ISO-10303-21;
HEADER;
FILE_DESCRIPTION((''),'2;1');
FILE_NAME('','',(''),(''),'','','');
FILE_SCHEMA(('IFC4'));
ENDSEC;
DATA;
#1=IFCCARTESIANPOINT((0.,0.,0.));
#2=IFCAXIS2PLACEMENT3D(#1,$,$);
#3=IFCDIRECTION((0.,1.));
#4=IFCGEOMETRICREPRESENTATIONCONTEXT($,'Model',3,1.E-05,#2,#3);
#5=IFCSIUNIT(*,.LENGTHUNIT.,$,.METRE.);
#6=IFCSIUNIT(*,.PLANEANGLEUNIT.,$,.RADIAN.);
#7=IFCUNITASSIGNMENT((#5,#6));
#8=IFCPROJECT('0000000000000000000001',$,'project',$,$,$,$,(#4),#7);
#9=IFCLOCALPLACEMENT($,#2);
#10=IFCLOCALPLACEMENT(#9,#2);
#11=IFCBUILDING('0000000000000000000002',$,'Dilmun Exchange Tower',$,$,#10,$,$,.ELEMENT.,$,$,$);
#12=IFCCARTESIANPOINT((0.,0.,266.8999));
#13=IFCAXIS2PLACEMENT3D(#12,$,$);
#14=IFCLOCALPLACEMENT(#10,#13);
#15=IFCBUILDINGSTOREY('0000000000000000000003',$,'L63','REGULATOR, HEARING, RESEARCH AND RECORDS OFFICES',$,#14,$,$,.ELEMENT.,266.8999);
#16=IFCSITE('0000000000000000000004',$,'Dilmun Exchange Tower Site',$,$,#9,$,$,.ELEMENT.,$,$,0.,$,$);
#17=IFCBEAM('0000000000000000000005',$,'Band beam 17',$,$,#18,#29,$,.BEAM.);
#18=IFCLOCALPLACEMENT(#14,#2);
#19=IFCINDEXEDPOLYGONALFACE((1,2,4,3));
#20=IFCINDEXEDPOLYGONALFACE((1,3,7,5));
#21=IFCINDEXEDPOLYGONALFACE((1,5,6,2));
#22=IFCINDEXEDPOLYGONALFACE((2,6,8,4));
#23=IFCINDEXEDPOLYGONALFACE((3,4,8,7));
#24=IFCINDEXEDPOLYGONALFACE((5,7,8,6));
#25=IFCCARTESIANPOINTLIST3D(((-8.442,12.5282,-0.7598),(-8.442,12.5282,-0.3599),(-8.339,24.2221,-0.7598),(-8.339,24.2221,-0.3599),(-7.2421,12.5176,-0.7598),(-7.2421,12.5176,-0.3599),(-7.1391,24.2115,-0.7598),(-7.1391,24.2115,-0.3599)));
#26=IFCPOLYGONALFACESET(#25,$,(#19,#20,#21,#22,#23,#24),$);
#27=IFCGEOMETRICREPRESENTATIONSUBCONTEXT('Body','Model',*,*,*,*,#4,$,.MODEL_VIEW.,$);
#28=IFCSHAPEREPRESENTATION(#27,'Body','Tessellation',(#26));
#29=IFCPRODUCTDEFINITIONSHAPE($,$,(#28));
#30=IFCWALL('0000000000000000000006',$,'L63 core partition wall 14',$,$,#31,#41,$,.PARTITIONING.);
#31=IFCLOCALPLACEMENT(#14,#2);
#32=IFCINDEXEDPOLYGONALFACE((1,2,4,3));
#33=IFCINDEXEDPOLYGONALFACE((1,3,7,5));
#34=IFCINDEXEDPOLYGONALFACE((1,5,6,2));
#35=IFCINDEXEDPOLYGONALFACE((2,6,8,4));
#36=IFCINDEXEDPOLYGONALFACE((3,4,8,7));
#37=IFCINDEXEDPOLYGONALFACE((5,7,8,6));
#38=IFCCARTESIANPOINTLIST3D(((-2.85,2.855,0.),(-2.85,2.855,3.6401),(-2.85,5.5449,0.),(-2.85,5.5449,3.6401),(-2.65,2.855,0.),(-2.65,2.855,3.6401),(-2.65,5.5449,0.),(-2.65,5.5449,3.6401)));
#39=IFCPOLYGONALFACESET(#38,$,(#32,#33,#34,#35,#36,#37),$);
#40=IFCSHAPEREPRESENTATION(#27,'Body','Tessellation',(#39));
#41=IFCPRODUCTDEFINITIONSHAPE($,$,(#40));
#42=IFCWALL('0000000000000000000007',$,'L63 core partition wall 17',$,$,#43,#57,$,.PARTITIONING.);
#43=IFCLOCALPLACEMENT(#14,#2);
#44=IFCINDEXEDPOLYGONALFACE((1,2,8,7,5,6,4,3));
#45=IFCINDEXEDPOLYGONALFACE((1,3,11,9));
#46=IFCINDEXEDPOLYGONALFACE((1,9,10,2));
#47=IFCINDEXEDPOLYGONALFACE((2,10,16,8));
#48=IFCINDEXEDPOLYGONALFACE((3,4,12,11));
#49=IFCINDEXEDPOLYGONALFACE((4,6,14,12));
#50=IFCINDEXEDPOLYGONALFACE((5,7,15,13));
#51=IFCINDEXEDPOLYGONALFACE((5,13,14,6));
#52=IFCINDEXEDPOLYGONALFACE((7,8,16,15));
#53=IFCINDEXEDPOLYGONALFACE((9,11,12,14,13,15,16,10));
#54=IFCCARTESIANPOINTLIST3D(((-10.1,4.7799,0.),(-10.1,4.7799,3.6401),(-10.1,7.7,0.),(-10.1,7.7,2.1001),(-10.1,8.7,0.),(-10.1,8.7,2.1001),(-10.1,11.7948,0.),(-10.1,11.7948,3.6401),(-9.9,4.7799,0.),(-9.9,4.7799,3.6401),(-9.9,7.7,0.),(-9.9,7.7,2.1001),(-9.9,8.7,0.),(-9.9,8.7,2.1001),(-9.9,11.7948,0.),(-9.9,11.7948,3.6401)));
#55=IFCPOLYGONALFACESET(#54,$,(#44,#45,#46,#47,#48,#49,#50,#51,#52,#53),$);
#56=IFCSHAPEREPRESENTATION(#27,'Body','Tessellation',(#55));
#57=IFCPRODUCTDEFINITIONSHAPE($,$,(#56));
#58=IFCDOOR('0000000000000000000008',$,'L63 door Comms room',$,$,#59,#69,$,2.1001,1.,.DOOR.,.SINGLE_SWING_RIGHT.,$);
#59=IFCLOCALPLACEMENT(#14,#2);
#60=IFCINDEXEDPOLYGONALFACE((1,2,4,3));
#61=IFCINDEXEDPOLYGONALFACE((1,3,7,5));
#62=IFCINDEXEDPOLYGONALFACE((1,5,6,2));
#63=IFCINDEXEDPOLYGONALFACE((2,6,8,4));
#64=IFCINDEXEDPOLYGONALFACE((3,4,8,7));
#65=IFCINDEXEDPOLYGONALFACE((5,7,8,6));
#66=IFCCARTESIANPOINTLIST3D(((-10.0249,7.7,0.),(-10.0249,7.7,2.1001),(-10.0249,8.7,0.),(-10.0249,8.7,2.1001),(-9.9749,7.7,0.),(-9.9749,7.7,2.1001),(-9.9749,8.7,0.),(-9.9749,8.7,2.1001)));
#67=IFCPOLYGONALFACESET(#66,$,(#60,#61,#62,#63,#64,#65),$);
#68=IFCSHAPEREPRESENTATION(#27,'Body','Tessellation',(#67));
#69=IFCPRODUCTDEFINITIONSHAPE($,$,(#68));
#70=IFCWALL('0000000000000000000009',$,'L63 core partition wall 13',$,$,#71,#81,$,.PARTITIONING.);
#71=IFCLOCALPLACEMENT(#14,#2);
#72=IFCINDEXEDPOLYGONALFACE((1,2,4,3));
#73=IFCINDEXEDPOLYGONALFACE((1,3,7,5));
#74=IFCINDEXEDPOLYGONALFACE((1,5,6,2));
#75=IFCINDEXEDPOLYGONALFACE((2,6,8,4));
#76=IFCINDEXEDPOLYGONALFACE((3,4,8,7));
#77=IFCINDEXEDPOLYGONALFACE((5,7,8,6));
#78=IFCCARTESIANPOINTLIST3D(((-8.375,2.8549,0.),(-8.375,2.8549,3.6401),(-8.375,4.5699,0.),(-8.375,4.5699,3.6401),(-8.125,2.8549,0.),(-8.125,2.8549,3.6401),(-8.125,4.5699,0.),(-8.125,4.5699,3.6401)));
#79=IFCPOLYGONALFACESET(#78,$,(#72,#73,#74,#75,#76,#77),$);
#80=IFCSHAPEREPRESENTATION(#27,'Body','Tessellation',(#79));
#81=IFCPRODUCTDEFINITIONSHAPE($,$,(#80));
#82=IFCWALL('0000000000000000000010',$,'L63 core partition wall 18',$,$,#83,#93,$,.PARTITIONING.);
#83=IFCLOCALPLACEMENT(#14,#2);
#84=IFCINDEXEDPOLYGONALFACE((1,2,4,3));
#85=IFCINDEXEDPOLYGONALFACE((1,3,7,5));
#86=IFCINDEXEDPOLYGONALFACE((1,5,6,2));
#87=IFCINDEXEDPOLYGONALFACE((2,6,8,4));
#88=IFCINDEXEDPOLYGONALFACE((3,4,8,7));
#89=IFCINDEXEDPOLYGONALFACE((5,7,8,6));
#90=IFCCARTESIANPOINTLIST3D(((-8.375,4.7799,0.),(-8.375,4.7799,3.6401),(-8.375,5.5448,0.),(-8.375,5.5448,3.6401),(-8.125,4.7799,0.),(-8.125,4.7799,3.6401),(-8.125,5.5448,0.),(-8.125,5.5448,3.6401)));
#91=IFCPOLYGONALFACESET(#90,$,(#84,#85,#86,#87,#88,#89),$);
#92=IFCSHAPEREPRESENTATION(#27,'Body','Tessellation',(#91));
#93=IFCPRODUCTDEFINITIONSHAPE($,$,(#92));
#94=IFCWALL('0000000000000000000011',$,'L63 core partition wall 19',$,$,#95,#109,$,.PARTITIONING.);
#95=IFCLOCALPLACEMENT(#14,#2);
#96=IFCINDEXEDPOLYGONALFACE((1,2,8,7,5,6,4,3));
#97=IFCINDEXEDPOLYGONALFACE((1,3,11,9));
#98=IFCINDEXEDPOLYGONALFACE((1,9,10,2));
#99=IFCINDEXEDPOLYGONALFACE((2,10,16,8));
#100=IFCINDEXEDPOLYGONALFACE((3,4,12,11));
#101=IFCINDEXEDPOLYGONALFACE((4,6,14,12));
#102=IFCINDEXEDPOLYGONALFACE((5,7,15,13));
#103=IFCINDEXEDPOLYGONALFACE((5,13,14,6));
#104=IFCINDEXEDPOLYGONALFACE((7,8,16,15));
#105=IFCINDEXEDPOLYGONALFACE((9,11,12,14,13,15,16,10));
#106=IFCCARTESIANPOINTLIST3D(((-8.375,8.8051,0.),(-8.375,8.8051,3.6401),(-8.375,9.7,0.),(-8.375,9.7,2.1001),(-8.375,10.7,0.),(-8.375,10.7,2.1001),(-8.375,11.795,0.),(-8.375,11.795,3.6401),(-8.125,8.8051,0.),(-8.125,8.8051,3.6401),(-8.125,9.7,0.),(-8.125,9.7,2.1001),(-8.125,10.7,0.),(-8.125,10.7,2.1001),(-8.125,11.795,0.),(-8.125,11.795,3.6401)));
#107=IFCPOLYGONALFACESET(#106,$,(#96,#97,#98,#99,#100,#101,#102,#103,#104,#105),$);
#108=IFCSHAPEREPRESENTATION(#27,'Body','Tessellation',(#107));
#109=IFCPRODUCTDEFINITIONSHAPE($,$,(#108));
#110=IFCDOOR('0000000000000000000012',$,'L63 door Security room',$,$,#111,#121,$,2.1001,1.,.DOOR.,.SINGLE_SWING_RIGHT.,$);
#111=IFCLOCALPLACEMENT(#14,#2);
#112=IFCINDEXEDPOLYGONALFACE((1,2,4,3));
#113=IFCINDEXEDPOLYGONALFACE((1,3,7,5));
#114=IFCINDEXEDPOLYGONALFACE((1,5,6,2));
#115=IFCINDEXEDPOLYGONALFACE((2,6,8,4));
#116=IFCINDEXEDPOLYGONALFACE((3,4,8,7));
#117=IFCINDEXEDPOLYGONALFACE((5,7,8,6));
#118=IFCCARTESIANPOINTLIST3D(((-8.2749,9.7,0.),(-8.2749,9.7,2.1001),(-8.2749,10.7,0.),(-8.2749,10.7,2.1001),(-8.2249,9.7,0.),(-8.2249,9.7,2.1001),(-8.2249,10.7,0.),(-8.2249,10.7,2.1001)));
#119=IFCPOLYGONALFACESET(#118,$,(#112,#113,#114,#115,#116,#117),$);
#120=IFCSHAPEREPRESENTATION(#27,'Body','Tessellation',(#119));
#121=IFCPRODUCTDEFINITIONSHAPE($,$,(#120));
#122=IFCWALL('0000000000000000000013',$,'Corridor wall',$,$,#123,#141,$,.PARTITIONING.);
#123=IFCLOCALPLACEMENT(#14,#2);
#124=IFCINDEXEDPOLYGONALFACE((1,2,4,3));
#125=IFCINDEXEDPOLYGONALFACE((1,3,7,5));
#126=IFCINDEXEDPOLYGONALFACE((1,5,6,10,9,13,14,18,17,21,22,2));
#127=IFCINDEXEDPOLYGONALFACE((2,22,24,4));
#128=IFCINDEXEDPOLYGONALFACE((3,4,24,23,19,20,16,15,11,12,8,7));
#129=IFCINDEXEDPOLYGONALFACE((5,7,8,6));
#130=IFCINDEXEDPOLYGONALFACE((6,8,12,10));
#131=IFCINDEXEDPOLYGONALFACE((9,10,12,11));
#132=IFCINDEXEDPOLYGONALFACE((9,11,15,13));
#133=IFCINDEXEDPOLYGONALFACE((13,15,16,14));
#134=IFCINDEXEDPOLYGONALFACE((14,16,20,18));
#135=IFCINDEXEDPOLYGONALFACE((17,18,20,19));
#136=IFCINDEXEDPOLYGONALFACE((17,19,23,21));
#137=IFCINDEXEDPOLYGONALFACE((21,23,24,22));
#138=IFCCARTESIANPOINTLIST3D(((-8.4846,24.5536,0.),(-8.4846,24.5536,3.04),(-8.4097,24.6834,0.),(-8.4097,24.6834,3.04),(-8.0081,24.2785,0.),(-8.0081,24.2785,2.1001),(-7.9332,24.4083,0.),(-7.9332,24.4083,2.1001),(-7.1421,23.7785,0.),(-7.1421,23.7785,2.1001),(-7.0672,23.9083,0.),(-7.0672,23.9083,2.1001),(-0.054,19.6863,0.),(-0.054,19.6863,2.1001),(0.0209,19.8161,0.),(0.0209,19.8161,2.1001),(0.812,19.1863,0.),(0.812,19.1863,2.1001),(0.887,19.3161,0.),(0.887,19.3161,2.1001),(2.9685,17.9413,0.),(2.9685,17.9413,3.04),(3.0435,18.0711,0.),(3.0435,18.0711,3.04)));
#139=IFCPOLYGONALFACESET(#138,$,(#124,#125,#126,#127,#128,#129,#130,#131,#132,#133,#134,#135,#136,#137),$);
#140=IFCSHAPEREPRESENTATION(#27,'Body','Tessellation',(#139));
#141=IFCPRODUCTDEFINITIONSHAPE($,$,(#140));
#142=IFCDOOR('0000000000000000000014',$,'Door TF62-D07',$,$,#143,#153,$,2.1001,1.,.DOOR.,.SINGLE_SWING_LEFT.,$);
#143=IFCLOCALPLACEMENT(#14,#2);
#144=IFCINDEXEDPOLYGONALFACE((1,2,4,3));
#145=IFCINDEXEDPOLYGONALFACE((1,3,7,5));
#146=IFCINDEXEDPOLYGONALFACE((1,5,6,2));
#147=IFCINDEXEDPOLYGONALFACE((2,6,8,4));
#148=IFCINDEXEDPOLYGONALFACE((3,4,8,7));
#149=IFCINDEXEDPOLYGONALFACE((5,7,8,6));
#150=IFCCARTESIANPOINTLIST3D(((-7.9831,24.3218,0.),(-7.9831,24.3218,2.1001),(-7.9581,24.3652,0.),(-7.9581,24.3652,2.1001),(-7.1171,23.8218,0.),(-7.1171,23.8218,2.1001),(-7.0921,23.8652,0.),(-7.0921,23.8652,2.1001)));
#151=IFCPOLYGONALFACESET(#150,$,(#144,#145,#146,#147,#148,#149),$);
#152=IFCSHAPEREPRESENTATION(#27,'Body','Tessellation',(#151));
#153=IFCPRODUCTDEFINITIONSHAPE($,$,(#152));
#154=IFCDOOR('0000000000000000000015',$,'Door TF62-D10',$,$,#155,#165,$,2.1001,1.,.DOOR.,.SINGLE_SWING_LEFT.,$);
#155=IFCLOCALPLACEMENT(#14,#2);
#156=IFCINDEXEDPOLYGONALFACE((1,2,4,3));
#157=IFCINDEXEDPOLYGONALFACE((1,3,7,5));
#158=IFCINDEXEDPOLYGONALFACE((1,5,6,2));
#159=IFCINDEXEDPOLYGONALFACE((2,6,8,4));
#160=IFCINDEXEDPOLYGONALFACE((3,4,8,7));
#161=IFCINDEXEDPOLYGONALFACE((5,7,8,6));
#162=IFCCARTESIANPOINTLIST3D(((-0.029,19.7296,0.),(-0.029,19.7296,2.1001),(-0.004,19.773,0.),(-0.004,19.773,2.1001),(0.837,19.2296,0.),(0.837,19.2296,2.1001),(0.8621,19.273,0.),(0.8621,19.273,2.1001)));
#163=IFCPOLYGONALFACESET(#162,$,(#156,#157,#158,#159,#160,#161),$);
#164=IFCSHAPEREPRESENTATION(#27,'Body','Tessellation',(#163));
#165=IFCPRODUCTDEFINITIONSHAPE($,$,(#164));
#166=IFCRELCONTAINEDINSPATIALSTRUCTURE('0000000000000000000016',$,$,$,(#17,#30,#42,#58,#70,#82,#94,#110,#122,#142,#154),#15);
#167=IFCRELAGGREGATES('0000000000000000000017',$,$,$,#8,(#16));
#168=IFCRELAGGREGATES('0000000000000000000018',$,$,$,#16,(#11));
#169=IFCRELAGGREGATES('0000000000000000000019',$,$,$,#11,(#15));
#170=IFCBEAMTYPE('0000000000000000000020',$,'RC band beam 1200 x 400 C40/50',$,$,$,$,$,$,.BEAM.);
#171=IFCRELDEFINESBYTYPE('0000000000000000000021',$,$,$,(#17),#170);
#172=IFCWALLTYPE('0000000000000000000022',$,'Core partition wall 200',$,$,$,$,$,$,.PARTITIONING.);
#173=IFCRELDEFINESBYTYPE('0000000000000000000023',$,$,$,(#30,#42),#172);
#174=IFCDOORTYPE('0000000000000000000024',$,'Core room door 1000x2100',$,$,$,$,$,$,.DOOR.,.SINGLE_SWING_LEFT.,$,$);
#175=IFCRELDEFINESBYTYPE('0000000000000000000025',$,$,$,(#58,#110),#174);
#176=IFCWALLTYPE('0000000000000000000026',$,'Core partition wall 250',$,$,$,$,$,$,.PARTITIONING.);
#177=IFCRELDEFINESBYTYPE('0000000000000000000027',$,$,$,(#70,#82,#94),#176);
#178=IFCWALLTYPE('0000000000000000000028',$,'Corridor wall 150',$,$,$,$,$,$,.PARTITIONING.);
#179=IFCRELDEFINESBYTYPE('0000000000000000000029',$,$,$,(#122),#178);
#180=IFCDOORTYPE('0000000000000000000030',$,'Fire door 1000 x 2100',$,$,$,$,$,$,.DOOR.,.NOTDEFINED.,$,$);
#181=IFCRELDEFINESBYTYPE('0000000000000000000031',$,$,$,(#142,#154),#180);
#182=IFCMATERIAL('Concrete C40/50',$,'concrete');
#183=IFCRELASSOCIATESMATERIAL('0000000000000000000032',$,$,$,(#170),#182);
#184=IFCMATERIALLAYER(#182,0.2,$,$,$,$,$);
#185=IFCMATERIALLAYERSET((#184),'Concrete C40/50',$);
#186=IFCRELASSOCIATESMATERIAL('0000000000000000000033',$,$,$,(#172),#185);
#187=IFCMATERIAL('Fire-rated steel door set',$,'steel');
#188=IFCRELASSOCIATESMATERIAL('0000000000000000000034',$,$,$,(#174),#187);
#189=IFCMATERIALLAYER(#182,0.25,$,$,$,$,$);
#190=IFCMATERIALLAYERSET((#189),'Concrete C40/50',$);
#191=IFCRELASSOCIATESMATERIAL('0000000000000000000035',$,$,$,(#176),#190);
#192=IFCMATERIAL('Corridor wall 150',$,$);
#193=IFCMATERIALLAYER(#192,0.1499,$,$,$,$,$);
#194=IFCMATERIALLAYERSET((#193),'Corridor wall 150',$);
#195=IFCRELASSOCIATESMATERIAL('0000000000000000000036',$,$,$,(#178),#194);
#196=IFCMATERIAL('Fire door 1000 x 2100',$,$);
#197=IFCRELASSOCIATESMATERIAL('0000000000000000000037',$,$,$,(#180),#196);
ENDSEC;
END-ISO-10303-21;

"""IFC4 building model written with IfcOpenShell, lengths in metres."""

from ifc_helpers import new_model, si_unit, direction, frame, frame_2d, origin, origin_2d, place, context, subcontext, project, spatial, rectangle, extrude, material, layer, layer_set, material_profile, profile_set, type_object, element, fill, save


model = new_model("IFC4")

# Units and contexts
model_context = context("Model", 3, precision=1e-05, world=origin(), true_north=direction((0.0, 1.0)))
body_context = subcontext(model_context, "Body", "Model", "MODEL_VIEW")
ifc_project = project(units=[si_unit("LENGTHUNIT", "METRE"), si_unit("PLANEANGLEUNIT", "RADIAN")], contexts=[model_context])

# Site, building, storey
site_placement = place(None, origin())
site = spatial("IfcSite", under=ifc_project, at=site_placement, Name="Dilmun Exchange Tower Site", CompositionType="ELEMENT", RefElevation=0.0)
building_placement = place(site_placement, origin())
building = spatial("IfcBuilding", under=site, at=building_placement, Name="Dilmun Exchange Tower", CompositionType="ELEMENT")
storey_placement = place(building_placement, frame((0.0, 0.0, 266.8999)))
storey = spatial("IfcBuildingStorey", under=building, at=storey_placement, Name="L63", Description="REGULATOR, HEARING, RESEARCH AND RECORDS OFFICES", CompositionType="ELEMENT", Elevation=266.8999)

# Beam
ifc_material_1 = material(Name="Concrete C40/50", Category="concrete")
ifc_material_profile = material_profile(ifc_material_1, rectangle(XDim=1.2, YDim=0.3999, at=origin_2d()), Name="1200 x 400")
ifc_profile_set = profile_set([ifc_material_profile], Name="Concrete C40/50")
beam_type = type_object("IfcBeamType", Name="RC band beam 1200 x 400 C40/50", PredefinedType="BEAM", material=ifc_profile_set)
beam_placement = place(storey_placement, frame((-7.739, 24.2168, -0.5598), z_axis=(-0.00881, -0.999961, 0.0), x_axis=(0.999961, -0.00881, 0.0)))
element("IfcBeam", 1, at=beam_placement, inside=storey, type_object=beam_type, Name="Band beam 17", PredefinedType="BEAM", context=body_context, shape_type="SweptSolid", body=[
    extrude(rectangle(XDim=1.2, YDim=0.3999, at=origin_2d()), origin(), (0.0, 0.0, 1.0), 11.6943),
])

# Wall
ifc_layer_1 = layer(ifc_material_1, 0.2)
ifc_layer_set_1 = layer_set([ifc_layer_1], Name="Concrete C40/50")
wall_type_1 = type_object("IfcWallType", Name="Core partition wall 200", PredefinedType="PARTITIONING", material=ifc_layer_set_1)
wall_1_placement = place(storey_placement, frame((-2.75, 2.855, 0.0), z_axis=(0.0, 0.0, 1.0), x_axis=(0.0, 1.0, 0.0)))
element("IfcWall", 2, at=wall_1_placement, inside=storey, type_object=wall_type_1, Name="L63 core partition wall 14", PredefinedType="PARTITIONING", context=body_context, shape_type="SweptSolid", body=[
    extrude(rectangle(XDim=2.6899, YDim=0.2, at=frame_2d((1.345, 0.0))), origin(), (0.0, 0.0, 1.0), 3.6401),
])

# Wall, opening, door
wall_2_placement = place(storey_placement, frame((-10.0, 4.78, 0.0), z_axis=(0.0, 0.0, 1.0), x_axis=(0.0, 1.0, 0.0)))
wall_2 = element("IfcWall", 3, at=wall_2_placement, inside=storey, type_object=wall_type_1, Name="L63 core partition wall 17", PredefinedType="PARTITIONING", context=body_context, shape_type="SweptSolid", body=[
    extrude(rectangle(XDim=7.0149, YDim=0.2, at=frame_2d((3.5073, 0.0))), origin(), (0.0, 0.0, 1.0), 3.6401),
])
opening_1_placement = place(wall_2_placement, frame((2.9199, 0.0, 0.0)))
opening_1 = element("IfcOpeningElement", 4, at=opening_1_placement, cuts=wall_2, PredefinedType="OPENING", context=body_context, shape_type="SweptSolid", body=[
    extrude(rectangle(XDim=1.0, YDim=2.1001, at=frame_2d((0.5, 1.05))), frame((0.0, 0.1099, 0.0), z_axis=(0.0, -1.0, 0.0), x_axis=(1.0, 0.0, 0.0)), (0.0, 0.0, 1.0), 0.22),
])
ifc_material_2 = material(Name="Fire-rated steel door set", Category="steel")
door_type_1 = type_object("IfcDoorType", Name="Core room door 1000x2100", OperationType="SINGLE_SWING_LEFT", PredefinedType="DOOR", material=ifc_material_2)
door_1_placement = place(opening_1_placement, origin())
door_1 = element("IfcDoor", 5, at=door_1_placement, inside=storey, type_object=door_type_1, Name="L63 door Comms room", OperationType="SINGLE_SWING_RIGHT", OverallHeight=2.1001, OverallWidth=1.0, PredefinedType="DOOR", context=body_context, shape_type="SweptSolid", body=[
    extrude(rectangle(XDim=1.0, YDim=2.1001, at=frame_2d((0.5, 1.05))), frame((0.0, 0.0249, 0.0), z_axis=(0.0, -1.0, 0.0), x_axis=(1.0, 0.0, 0.0)), (0.0, 0.0, 1.0), 0.05),
])
fill(opening_1, door_1)

# Walls
ifc_layer_2 = layer(ifc_material_1, 0.25)
ifc_layer_set_2 = layer_set([ifc_layer_2], Name="Concrete C40/50")
wall_type_2 = type_object("IfcWallType", Name="Core partition wall 250", PredefinedType="PARTITIONING", material=ifc_layer_set_2)
wall_3_placement = place(storey_placement, frame((-8.25, 2.855, 0.0), z_axis=(0.0, 0.0, 1.0), x_axis=(0.0, 1.0, 0.0)))
element("IfcWall", 6, at=wall_3_placement, inside=storey, type_object=wall_type_2, Name="L63 core partition wall 13", PredefinedType="PARTITIONING", context=body_context, shape_type="SweptSolid", body=[
    extrude(rectangle(XDim=1.7151, YDim=0.25, at=frame_2d((0.8574, 0.0))), origin(), (0.0, 0.0, 1.0), 3.6401),
])
wall_4_placement = place(storey_placement, frame((-8.25, 4.78, 0.0), z_axis=(0.0, 0.0, 1.0), x_axis=(0.0, 1.0, 0.0)))
element("IfcWall", 7, at=wall_4_placement, inside=storey, type_object=wall_type_2, Name="L63 core partition wall 18", PredefinedType="PARTITIONING", context=body_context, shape_type="SweptSolid", body=[
    extrude(rectangle(XDim=0.7649, YDim=0.25, at=frame_2d((0.3823, 0.0))), origin(), (0.0, 0.0, 1.0), 3.6401),
])

# Wall, opening, door
wall_5_placement = place(storey_placement, frame((-8.25, 8.8049, 0.0), z_axis=(0.0, 0.0, 1.0), x_axis=(0.0, 1.0, 0.0)))
wall_5 = element("IfcWall", 8, at=wall_5_placement, inside=storey, type_object=wall_type_2, Name="L63 core partition wall 19", PredefinedType="PARTITIONING", context=body_context, shape_type="SweptSolid", body=[
    extrude(rectangle(XDim=2.99, YDim=0.25, at=frame_2d((1.4951, 0.0))), origin(), (0.0, 0.0, 1.0), 3.6401),
])
opening_2_placement = place(wall_5_placement, frame((0.895, 0.0, 0.0)))
opening_2 = element("IfcOpeningElement", 9, at=opening_2_placement, cuts=wall_5, PredefinedType="OPENING", context=body_context, shape_type="SweptSolid", body=[
    extrude(rectangle(XDim=1.0, YDim=2.1001, at=frame_2d((0.5, 1.05))), frame((0.0, 0.135, 0.0), z_axis=(0.0, -1.0, 0.0), x_axis=(1.0, 0.0, 0.0)), (0.0, 0.0, 1.0), 0.27),
])
door_2_placement = place(opening_2_placement, origin())
door_2 = element("IfcDoor", 10, at=door_2_placement, inside=storey, type_object=door_type_1, Name="L63 door Security room", OperationType="SINGLE_SWING_RIGHT", OverallHeight=2.1001, OverallWidth=1.0, PredefinedType="DOOR", context=body_context, shape_type="SweptSolid", body=[
    extrude(rectangle(XDim=1.0, YDim=2.1001, at=frame_2d((0.5, 1.05))), frame((0.0, 0.0249, 0.0), z_axis=(0.0, -1.0, 0.0), x_axis=(1.0, 0.0, 0.0)), (0.0, 0.0, 1.0), 0.05),
])
fill(opening_2, door_2)

# Wall, openings, doors
ifc_material_3 = material(Name="Corridor wall 150")
ifc_layer_3 = layer(ifc_material_3, 0.1499)
ifc_layer_set_3 = layer_set([ifc_layer_3], Name="Corridor wall 150")
wall_type_3 = type_object("IfcWallType", Name="Corridor wall 150", PredefinedType="PARTITIONING", material=ifc_layer_set_3)
wall_6_placement = place(storey_placement, frame((-8.447, 24.6184, 0.0), z_axis=(0.0, 0.0, 1.0), x_axis=(0.866031, -0.499991, 0.0)))
wall_6 = element("IfcWall", 11, at=wall_6_placement, inside=storey, type_object=wall_type_3, Name="Corridor wall", PredefinedType="PARTITIONING", context=body_context, shape_type="SweptSolid", body=[
    extrude(rectangle(XDim=13.2249, YDim=0.1499, at=frame_2d((6.6123, 0.0))), origin(), (0.0, 0.0, 1.0), 3.04),
])
opening_3_placement = place(wall_6_placement, frame((0.55, 0.0, 0.0)))
opening_3 = element("IfcOpeningElement", 12, at=opening_3_placement, cuts=wall_6, PredefinedType="OPENING", context=body_context, shape_type="SweptSolid", body=[
    extrude(rectangle(XDim=1.0, YDim=2.1001, at=frame_2d((0.5, 1.05))), frame((0.0, 0.085, 0.0), z_axis=(0.0, -1.0, 0.0), x_axis=(1.0, 0.0, 0.0)), (0.0, 0.0, 1.0), 0.1699),
])
opening_4_placement = place(wall_6_placement, frame((9.7346, 0.0, 0.0)))
opening_4 = element("IfcOpeningElement", 13, at=opening_4_placement, cuts=wall_6, PredefinedType="OPENING", context=body_context, shape_type="SweptSolid", body=[
    extrude(rectangle(XDim=1.0, YDim=2.1001, at=frame_2d((0.5, 1.05))), frame((0.0, 0.085, 0.0), z_axis=(0.0, -1.0, 0.0), x_axis=(1.0, 0.0, 0.0)), (0.0, 0.0, 1.0), 0.1699),
])
ifc_material_4 = material(Name="Fire door 1000 x 2100")
door_type_2 = type_object("IfcDoorType", Name="Fire door 1000 x 2100", OperationType="NOTDEFINED", PredefinedType="DOOR", material=ifc_material_4)
door_3_placement = place(opening_3_placement, frame((1.0, 0.0, 0.0), z_axis=(0.0, 0.0, 1.0), x_axis=(-1.0, 0.0, 0.0)))
door_3 = element("IfcDoor", 14, at=door_3_placement, inside=storey, type_object=door_type_2, Name="Door TF62-D07", OperationType="SINGLE_SWING_LEFT", OverallHeight=2.1001, OverallWidth=1.0, PredefinedType="DOOR", context=body_context, shape_type="SweptSolid", body=[
    extrude(rectangle(XDim=1.0, YDim=2.1001, at=frame_2d((0.5, 1.05))), frame((0.0, 0.0249, 0.0), z_axis=(0.0, -1.0, 0.0), x_axis=(1.0, 0.0, 0.0)), (0.0, 0.0, 1.0), 0.05),
])
fill(opening_3, door_3)
door_4_placement = place(opening_4_placement, frame((1.0, 0.0, 0.0), z_axis=(0.0, 0.0, 1.0), x_axis=(-1.0, 0.0, 0.0)))
door_4 = element("IfcDoor", 15, at=door_4_placement, inside=storey, type_object=door_type_2, Name="Door TF62-D10", OperationType="SINGLE_SWING_LEFT", OverallHeight=2.1001, OverallWidth=1.0, PredefinedType="DOOR", context=body_context, shape_type="SweptSolid", body=[
    extrude(rectangle(XDim=1.0, YDim=2.1001, at=frame_2d((0.5, 1.05))), frame((0.0, 0.0249, 0.0), z_axis=(0.0, -1.0, 0.0), x_axis=(1.0, 0.0, 0.0)), (0.0, 0.0, 1.0), 0.05),
])
fill(opening_4, door_4)

save(model, "model.ifc")
